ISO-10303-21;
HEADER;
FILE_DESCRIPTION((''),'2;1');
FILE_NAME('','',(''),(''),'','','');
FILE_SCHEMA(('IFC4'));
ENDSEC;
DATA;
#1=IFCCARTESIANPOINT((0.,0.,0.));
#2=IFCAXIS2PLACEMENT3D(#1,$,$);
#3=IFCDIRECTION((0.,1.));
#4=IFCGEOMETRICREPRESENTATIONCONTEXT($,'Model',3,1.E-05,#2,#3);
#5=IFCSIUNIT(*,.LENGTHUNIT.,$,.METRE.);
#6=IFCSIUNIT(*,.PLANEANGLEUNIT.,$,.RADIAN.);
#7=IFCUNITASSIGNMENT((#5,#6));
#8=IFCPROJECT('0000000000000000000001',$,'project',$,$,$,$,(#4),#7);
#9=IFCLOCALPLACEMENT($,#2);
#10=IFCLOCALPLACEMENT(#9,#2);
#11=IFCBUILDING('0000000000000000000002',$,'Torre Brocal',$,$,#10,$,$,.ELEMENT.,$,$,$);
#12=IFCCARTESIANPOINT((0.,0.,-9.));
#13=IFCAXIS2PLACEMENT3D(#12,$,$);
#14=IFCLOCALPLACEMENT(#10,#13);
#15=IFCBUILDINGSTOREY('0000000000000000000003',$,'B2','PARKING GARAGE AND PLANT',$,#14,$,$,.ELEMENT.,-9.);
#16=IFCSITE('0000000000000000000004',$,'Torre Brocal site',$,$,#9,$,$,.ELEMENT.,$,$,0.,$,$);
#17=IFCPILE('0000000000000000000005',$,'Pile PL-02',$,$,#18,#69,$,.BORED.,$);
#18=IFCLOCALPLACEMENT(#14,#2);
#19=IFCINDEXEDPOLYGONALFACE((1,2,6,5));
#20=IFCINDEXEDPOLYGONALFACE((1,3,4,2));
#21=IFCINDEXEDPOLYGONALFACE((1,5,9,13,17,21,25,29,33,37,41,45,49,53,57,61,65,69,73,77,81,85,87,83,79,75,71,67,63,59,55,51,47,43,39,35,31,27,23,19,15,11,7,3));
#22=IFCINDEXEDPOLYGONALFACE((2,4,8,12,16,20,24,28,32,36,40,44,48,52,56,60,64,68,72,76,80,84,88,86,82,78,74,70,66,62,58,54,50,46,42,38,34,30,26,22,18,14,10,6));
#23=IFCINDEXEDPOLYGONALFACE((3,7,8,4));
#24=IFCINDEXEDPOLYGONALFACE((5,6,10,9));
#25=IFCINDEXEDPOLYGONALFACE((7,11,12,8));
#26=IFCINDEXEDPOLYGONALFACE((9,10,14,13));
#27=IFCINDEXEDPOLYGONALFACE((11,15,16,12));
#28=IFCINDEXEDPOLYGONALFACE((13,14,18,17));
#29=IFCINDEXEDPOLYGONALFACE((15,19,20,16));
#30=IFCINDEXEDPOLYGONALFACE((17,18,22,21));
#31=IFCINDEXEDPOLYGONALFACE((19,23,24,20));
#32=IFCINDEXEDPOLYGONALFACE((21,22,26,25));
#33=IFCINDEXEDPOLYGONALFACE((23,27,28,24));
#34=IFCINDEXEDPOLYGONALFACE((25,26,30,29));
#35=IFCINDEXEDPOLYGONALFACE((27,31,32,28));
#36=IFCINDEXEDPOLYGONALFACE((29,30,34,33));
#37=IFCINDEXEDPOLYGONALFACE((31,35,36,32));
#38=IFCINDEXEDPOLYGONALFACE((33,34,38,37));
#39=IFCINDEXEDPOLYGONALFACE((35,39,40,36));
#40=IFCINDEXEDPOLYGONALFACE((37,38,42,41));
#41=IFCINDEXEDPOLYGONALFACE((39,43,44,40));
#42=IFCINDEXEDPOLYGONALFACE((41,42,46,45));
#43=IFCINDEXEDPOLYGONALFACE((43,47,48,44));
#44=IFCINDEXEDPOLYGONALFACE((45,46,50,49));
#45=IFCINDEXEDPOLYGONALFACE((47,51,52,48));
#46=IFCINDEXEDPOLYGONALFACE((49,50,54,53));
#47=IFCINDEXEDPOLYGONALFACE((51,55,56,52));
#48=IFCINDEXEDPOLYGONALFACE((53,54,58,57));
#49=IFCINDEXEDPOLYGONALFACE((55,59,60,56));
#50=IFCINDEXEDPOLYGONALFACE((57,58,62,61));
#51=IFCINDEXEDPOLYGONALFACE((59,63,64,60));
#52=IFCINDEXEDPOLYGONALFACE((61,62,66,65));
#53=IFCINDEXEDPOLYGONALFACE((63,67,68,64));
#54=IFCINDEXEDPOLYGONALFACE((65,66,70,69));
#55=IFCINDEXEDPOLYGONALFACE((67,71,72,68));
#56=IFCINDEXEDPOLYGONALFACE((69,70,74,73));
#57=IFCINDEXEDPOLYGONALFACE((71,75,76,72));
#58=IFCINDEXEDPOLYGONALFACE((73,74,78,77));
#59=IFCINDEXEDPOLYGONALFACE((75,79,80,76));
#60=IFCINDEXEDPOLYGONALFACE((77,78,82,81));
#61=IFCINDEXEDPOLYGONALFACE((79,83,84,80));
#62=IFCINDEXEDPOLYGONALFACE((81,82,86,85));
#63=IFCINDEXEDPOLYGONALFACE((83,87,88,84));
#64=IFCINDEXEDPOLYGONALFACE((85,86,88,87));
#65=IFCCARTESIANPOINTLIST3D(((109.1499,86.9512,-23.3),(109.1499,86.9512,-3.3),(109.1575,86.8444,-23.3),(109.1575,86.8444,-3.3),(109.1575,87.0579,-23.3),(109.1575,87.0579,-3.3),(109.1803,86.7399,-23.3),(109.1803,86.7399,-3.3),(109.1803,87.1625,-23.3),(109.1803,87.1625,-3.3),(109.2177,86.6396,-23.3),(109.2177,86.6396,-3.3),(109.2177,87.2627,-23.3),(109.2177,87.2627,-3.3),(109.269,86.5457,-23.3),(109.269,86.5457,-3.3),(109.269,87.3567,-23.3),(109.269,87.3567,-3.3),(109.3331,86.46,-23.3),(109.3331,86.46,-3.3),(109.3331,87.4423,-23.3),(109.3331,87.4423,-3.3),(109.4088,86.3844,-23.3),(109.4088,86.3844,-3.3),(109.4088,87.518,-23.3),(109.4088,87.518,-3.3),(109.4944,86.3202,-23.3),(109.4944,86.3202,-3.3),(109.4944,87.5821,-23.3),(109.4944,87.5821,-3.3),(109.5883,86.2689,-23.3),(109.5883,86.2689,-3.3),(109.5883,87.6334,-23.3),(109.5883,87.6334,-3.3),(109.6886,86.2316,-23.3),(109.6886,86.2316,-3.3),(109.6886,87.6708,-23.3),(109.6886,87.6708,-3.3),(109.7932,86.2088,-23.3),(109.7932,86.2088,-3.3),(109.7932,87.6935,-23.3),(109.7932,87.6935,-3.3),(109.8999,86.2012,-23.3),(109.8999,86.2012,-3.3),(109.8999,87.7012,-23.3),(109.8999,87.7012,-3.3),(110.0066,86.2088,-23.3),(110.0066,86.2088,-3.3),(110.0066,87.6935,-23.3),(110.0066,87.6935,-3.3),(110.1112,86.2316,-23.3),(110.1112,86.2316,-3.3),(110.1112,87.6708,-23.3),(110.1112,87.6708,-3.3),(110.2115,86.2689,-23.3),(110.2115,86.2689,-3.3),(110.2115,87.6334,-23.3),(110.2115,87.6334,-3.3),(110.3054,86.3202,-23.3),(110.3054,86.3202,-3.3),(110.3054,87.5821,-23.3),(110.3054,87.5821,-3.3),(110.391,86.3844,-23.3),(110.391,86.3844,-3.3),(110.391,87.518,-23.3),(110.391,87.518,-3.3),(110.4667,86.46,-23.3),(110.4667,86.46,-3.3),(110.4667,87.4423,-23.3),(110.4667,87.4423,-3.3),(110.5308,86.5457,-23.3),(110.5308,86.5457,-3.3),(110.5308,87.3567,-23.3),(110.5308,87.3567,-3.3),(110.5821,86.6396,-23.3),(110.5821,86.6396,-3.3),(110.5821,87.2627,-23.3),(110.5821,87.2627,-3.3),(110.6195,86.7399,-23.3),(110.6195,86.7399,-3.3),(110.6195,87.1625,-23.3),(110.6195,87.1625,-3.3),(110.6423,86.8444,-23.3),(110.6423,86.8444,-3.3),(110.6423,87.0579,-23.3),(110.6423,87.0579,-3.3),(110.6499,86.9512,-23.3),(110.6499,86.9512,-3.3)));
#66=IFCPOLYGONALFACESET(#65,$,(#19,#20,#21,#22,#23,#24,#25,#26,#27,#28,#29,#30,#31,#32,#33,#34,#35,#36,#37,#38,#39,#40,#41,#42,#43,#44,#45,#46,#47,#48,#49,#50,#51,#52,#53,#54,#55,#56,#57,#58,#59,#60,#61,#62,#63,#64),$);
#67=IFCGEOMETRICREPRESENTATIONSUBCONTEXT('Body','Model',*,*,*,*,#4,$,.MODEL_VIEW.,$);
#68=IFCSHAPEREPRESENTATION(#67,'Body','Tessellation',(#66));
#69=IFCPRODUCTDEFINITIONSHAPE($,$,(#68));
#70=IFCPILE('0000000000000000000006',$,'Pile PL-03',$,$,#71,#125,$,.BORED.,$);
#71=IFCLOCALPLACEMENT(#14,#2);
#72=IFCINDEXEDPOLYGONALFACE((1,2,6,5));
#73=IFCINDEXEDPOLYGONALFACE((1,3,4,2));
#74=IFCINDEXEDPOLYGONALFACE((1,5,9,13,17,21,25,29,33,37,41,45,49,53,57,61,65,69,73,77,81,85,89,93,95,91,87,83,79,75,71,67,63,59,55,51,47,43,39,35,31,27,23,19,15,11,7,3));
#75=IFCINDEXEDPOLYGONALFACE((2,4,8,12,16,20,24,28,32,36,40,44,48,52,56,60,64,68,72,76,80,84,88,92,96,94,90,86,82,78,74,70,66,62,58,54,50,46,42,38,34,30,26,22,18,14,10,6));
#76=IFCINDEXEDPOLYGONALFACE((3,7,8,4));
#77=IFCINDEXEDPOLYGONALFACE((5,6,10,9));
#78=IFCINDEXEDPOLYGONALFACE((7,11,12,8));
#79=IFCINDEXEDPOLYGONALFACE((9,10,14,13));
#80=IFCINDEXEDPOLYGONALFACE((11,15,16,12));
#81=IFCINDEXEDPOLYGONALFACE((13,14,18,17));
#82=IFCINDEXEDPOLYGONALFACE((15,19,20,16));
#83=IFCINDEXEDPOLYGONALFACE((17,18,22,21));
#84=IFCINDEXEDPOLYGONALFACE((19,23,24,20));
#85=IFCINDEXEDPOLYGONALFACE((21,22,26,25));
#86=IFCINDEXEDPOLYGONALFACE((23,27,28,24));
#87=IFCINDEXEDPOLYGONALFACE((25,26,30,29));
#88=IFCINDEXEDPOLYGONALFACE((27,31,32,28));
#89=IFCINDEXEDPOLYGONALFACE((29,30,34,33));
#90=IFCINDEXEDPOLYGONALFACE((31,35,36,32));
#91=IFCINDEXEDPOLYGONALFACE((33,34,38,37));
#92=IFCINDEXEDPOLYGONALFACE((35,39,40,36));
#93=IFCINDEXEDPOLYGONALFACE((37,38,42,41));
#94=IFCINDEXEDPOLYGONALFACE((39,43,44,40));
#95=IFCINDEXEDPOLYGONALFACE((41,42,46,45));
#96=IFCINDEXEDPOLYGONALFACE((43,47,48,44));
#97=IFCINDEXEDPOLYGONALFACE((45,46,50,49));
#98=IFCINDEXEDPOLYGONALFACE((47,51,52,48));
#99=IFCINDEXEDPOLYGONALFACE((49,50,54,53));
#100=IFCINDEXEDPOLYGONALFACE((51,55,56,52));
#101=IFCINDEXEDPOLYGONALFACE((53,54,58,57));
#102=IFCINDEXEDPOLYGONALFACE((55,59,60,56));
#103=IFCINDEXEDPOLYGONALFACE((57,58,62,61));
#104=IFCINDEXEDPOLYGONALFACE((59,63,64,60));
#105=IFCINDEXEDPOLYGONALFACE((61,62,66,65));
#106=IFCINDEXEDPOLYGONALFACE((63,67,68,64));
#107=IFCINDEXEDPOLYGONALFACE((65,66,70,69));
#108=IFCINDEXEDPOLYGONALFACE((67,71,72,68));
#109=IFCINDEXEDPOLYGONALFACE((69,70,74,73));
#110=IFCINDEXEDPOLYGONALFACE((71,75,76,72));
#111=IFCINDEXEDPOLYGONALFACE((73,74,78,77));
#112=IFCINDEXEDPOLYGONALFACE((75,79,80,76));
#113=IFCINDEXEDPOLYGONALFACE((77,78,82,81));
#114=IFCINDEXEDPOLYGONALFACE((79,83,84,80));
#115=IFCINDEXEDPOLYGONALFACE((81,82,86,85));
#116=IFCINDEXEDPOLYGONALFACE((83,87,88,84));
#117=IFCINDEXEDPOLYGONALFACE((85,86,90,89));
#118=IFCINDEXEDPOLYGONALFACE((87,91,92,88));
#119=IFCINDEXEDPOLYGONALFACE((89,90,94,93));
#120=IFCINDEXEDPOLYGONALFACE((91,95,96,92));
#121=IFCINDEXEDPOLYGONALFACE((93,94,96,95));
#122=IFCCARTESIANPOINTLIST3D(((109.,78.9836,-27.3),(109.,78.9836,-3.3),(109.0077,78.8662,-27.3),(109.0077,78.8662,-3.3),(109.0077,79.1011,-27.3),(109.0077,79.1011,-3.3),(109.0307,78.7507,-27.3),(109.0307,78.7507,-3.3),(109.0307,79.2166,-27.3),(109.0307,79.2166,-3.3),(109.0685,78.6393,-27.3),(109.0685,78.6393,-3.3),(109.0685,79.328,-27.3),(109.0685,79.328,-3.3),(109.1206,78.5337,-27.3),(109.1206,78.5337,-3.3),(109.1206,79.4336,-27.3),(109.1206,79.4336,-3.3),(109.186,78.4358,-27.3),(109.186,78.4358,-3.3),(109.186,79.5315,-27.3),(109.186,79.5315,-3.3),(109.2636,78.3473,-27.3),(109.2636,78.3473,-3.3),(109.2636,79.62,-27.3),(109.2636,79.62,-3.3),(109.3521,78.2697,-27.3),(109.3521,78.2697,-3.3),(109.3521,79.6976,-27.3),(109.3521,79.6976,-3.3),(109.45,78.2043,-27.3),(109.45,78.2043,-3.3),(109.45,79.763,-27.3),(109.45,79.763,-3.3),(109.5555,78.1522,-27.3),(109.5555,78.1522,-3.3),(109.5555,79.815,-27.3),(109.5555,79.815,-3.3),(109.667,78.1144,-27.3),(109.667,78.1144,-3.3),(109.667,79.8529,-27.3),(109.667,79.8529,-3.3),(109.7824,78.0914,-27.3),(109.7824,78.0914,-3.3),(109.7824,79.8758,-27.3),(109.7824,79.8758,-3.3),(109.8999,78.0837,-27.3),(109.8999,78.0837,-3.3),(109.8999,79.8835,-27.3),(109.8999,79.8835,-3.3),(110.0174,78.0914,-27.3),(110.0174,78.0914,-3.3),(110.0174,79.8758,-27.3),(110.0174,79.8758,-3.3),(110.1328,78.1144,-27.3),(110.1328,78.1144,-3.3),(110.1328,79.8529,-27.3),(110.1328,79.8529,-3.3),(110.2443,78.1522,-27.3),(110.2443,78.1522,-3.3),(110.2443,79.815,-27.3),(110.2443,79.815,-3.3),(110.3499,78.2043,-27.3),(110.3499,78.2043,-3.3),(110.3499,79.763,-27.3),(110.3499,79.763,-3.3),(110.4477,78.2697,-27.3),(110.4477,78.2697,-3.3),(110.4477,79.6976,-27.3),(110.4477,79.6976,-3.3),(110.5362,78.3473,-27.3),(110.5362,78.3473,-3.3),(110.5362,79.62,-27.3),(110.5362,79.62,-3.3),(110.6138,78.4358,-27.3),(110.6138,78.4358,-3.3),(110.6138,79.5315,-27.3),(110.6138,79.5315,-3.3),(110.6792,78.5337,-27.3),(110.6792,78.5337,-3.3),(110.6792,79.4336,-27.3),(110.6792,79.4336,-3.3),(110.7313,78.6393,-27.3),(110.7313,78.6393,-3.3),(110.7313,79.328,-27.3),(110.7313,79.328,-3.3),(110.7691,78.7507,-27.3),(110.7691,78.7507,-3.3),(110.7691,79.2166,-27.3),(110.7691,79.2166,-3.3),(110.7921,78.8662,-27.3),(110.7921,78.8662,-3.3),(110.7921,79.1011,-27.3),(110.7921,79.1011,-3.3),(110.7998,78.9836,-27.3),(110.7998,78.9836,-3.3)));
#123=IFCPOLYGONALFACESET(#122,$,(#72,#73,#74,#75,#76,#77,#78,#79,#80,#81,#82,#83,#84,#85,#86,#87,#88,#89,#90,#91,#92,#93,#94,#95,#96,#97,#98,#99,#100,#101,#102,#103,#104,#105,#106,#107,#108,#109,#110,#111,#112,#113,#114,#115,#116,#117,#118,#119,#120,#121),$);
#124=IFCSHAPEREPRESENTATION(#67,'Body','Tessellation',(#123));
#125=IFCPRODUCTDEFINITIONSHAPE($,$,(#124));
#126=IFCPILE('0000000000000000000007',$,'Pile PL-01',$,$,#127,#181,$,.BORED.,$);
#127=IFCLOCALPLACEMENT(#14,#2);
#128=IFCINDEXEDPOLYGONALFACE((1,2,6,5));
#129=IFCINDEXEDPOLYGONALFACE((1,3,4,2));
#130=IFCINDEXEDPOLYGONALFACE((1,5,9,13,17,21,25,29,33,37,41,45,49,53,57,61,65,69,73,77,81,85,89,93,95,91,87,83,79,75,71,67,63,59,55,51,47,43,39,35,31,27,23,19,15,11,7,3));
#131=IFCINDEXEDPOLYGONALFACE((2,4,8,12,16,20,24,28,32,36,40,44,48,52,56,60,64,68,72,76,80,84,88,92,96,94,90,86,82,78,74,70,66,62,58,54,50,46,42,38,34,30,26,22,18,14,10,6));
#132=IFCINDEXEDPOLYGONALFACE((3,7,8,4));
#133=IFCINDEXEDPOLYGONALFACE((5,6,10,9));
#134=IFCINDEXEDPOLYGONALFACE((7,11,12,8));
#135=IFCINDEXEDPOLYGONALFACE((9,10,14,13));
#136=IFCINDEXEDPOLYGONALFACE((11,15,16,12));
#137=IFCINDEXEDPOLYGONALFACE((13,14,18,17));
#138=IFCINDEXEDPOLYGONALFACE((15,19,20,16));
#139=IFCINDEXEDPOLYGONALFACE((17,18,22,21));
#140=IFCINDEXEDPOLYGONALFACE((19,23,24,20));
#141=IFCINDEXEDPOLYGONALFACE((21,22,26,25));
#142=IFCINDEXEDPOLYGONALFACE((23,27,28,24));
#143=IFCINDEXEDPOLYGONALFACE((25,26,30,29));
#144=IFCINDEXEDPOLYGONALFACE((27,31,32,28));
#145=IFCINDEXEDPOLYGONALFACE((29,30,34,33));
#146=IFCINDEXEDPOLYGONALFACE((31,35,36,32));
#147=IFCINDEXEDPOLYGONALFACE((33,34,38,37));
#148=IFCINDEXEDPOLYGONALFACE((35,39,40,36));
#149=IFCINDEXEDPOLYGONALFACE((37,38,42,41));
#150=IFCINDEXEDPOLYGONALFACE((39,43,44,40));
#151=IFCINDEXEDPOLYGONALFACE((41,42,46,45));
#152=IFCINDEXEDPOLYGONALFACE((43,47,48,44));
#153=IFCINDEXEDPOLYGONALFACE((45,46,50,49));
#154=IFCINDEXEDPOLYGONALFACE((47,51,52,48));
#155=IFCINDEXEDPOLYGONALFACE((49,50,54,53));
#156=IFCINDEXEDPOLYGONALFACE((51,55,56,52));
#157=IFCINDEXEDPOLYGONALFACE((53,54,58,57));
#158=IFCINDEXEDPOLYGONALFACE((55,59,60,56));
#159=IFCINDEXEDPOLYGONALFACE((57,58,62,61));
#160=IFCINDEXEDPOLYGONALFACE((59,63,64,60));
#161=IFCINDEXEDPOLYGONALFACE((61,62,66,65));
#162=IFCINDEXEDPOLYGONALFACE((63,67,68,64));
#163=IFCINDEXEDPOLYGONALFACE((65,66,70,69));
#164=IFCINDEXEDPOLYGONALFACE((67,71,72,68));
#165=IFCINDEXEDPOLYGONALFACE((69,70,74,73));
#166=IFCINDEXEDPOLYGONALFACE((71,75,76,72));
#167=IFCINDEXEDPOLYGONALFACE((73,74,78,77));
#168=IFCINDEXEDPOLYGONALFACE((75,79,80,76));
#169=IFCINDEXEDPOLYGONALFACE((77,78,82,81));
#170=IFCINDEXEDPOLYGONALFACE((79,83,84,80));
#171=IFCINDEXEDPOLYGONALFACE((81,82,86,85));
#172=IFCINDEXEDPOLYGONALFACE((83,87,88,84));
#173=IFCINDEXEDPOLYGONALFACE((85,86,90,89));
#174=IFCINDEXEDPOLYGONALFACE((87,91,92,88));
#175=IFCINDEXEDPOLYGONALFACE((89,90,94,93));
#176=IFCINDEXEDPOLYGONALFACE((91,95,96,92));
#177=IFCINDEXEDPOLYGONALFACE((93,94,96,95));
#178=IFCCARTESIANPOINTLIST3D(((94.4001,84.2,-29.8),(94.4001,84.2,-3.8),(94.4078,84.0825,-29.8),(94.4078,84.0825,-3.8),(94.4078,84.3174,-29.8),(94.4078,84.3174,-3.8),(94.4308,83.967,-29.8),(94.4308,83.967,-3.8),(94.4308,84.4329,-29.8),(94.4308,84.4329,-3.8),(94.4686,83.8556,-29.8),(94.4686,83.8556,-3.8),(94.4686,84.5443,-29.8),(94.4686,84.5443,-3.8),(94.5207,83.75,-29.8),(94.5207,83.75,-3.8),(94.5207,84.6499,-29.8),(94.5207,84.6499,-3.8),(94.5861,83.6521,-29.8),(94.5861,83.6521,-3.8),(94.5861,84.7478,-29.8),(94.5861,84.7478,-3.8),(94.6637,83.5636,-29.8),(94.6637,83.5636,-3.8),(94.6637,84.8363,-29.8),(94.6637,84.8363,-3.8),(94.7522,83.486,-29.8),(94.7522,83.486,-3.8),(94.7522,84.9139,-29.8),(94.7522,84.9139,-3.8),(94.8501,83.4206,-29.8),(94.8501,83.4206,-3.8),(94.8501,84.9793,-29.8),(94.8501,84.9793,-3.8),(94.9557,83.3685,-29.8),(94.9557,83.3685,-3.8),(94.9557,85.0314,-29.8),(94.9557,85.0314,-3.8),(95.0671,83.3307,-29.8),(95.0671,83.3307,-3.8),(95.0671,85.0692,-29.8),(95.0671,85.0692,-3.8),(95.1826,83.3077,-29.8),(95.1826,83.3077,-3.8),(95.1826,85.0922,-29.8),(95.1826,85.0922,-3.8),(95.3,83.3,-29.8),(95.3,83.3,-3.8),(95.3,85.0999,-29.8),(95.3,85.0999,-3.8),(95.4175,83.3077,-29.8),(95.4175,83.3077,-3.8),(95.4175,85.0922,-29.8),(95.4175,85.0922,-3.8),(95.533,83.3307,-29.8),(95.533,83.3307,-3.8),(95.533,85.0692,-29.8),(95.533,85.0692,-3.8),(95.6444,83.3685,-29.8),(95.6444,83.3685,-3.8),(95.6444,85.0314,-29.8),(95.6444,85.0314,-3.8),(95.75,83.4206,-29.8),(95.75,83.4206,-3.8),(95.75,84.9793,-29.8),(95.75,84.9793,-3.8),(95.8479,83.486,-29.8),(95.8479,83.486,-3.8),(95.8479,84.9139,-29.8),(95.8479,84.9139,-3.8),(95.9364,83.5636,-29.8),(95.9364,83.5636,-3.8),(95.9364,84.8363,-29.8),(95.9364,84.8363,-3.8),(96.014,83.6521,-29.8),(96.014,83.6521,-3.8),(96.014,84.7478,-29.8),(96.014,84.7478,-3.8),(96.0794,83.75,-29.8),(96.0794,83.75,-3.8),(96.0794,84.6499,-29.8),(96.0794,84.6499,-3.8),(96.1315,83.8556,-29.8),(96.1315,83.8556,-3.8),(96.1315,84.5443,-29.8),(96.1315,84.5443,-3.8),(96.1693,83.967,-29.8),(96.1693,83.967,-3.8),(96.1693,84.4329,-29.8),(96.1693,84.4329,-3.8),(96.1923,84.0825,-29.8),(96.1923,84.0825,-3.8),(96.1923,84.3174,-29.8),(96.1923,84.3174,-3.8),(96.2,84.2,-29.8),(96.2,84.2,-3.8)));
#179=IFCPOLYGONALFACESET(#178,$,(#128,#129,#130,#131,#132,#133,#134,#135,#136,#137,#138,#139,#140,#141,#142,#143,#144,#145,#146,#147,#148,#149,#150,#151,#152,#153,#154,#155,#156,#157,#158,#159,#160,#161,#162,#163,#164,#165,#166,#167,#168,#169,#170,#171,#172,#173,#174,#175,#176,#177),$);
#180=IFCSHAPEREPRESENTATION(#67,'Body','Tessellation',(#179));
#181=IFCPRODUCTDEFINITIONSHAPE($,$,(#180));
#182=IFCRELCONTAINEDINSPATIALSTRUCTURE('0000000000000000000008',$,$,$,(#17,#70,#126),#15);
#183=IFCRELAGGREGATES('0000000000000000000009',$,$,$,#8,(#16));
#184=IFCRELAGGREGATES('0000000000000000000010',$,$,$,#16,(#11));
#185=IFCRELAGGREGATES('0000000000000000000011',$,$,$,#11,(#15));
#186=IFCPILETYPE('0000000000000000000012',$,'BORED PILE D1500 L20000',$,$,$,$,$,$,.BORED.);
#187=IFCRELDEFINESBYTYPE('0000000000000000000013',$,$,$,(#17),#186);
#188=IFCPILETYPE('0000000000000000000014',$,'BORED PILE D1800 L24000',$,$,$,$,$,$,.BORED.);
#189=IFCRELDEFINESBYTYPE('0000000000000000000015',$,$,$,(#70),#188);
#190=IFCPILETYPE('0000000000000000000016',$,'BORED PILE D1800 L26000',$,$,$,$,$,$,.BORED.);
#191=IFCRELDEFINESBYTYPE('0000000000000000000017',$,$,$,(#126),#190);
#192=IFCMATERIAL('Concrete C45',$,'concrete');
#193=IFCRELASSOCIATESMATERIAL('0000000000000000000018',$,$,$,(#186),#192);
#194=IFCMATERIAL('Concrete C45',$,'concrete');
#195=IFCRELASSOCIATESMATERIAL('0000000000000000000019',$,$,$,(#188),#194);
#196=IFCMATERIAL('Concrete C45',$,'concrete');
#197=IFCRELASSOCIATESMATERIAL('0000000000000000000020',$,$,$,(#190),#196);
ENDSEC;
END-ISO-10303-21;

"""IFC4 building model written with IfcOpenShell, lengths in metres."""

from ifc_helpers import new_model, si_unit, direction, frame, origin, origin_2d, place, context, subcontext, project, spatial, circle, extrude, material, material_profile, profile_set, type_object, element, save


model = new_model("IFC4")

# Units and contexts
model_context = context("Model", 3, precision=1e-05, world=origin(), true_north=direction((0.0, 1.0)))
body_context = subcontext(model_context, "Body", "Model", "MODEL_VIEW")
ifc_project = project(units=[si_unit("LENGTHUNIT", "METRE"), si_unit("PLANEANGLEUNIT", "RADIAN")], contexts=[model_context])

# Site, building, storey
site_placement = place(None, origin())
site = spatial("IfcSite", under=ifc_project, at=site_placement, Name="Torre Brocal site", CompositionType="ELEMENT", RefElevation=0.0)
building_placement = place(site_placement, origin())
building = spatial("IfcBuilding", under=site, at=building_placement, Name="Torre Brocal", CompositionType="ELEMENT")
storey_placement = place(building_placement, frame((0.0, 0.0, -9.0)))
storey = spatial("IfcBuildingStorey", under=building, at=storey_placement, Name="B2", Description="PARKING GARAGE AND PLANT", CompositionType="ELEMENT", Elevation=-9.0)

# Piles
ifc_material_1 = material(Name="Concrete C45", Category="concrete")
ifc_material_profile_1 = material_profile(ifc_material_1, circle(Radius=0.75, at=origin_2d()), Name="BORED PILE D1500")
ifc_profile_set_1 = profile_set([ifc_material_profile_1], Name="Concrete C45")
pile_type_1 = type_object("IfcPileType", Name="BORED PILE D1500 L20000", PredefinedType="BORED", material=ifc_profile_set_1)
pile_1_placement = place(storey_placement, frame((109.8999, 86.9512, -3.3), z_axis=(0.0, 0.0, -1.0), x_axis=(1.0, 0.0, 0.0)))
element("IfcPile", 1, at=pile_1_placement, inside=storey, type_object=pile_type_1, Name="Pile PL-02", PredefinedType="BORED", context=body_context, shape_type="SweptSolid", body=[
    extrude(circle(Radius=0.75, at=origin_2d()), origin(), (0.0, 0.0, 1.0), 20.0),
])
ifc_material_2 = material(Name="Concrete C45", Category="concrete")
ifc_material_profile_2 = material_profile(ifc_material_2, circle(Radius=0.8999, at=origin_2d()), Name="BORED PILE D1800")
ifc_profile_set_2 = profile_set([ifc_material_profile_2], Name="Concrete C45")
pile_type_2 = type_object("IfcPileType", Name="BORED PILE D1800 L24000", PredefinedType="BORED", material=ifc_profile_set_2)
pile_2_placement = place(storey_placement, frame((109.8999, 78.9836, -3.3), z_axis=(0.0, 0.0, -1.0), x_axis=(1.0, 0.0, 0.0)))
element("IfcPile", 2, at=pile_2_placement, inside=storey, type_object=pile_type_2, Name="Pile PL-03", PredefinedType="BORED", context=body_context, shape_type="SweptSolid", body=[
    extrude(circle(Radius=0.8999, at=origin_2d()), origin(), (0.0, 0.0, 1.0), 24.0),
])
ifc_material_3 = material(Name="Concrete C45", Category="concrete")
ifc_material_profile_3 = material_profile(ifc_material_3, circle(Radius=0.8999, at=origin_2d()), Name="BORED PILE D1800")
ifc_profile_set_3 = profile_set([ifc_material_profile_3], Name="Concrete C45")
pile_type_3 = type_object("IfcPileType", Name="BORED PILE D1800 L26000", PredefinedType="BORED", material=ifc_profile_set_3)
for number, where, z_axis, x_axis, name in (
    (3, (95.3, 84.2, -3.8), (0.0, 0.0, -1.0), (1.0, 0.0, 0.0), "Pile PL-01"),
):
    element("IfcPile", number, at=place(storey_placement, frame(where, z_axis=z_axis, x_axis=x_axis)), inside=storey, type_object=pile_type_3, Name=name, PredefinedType="BORED", context=body_context, shape_type="SweptSolid", body=[
        extrude(circle(Radius=0.8999, at=origin_2d()), origin(), (0.0, 0.0, 1.0), 26.0),
    ])

save(model, "model.ifc")
